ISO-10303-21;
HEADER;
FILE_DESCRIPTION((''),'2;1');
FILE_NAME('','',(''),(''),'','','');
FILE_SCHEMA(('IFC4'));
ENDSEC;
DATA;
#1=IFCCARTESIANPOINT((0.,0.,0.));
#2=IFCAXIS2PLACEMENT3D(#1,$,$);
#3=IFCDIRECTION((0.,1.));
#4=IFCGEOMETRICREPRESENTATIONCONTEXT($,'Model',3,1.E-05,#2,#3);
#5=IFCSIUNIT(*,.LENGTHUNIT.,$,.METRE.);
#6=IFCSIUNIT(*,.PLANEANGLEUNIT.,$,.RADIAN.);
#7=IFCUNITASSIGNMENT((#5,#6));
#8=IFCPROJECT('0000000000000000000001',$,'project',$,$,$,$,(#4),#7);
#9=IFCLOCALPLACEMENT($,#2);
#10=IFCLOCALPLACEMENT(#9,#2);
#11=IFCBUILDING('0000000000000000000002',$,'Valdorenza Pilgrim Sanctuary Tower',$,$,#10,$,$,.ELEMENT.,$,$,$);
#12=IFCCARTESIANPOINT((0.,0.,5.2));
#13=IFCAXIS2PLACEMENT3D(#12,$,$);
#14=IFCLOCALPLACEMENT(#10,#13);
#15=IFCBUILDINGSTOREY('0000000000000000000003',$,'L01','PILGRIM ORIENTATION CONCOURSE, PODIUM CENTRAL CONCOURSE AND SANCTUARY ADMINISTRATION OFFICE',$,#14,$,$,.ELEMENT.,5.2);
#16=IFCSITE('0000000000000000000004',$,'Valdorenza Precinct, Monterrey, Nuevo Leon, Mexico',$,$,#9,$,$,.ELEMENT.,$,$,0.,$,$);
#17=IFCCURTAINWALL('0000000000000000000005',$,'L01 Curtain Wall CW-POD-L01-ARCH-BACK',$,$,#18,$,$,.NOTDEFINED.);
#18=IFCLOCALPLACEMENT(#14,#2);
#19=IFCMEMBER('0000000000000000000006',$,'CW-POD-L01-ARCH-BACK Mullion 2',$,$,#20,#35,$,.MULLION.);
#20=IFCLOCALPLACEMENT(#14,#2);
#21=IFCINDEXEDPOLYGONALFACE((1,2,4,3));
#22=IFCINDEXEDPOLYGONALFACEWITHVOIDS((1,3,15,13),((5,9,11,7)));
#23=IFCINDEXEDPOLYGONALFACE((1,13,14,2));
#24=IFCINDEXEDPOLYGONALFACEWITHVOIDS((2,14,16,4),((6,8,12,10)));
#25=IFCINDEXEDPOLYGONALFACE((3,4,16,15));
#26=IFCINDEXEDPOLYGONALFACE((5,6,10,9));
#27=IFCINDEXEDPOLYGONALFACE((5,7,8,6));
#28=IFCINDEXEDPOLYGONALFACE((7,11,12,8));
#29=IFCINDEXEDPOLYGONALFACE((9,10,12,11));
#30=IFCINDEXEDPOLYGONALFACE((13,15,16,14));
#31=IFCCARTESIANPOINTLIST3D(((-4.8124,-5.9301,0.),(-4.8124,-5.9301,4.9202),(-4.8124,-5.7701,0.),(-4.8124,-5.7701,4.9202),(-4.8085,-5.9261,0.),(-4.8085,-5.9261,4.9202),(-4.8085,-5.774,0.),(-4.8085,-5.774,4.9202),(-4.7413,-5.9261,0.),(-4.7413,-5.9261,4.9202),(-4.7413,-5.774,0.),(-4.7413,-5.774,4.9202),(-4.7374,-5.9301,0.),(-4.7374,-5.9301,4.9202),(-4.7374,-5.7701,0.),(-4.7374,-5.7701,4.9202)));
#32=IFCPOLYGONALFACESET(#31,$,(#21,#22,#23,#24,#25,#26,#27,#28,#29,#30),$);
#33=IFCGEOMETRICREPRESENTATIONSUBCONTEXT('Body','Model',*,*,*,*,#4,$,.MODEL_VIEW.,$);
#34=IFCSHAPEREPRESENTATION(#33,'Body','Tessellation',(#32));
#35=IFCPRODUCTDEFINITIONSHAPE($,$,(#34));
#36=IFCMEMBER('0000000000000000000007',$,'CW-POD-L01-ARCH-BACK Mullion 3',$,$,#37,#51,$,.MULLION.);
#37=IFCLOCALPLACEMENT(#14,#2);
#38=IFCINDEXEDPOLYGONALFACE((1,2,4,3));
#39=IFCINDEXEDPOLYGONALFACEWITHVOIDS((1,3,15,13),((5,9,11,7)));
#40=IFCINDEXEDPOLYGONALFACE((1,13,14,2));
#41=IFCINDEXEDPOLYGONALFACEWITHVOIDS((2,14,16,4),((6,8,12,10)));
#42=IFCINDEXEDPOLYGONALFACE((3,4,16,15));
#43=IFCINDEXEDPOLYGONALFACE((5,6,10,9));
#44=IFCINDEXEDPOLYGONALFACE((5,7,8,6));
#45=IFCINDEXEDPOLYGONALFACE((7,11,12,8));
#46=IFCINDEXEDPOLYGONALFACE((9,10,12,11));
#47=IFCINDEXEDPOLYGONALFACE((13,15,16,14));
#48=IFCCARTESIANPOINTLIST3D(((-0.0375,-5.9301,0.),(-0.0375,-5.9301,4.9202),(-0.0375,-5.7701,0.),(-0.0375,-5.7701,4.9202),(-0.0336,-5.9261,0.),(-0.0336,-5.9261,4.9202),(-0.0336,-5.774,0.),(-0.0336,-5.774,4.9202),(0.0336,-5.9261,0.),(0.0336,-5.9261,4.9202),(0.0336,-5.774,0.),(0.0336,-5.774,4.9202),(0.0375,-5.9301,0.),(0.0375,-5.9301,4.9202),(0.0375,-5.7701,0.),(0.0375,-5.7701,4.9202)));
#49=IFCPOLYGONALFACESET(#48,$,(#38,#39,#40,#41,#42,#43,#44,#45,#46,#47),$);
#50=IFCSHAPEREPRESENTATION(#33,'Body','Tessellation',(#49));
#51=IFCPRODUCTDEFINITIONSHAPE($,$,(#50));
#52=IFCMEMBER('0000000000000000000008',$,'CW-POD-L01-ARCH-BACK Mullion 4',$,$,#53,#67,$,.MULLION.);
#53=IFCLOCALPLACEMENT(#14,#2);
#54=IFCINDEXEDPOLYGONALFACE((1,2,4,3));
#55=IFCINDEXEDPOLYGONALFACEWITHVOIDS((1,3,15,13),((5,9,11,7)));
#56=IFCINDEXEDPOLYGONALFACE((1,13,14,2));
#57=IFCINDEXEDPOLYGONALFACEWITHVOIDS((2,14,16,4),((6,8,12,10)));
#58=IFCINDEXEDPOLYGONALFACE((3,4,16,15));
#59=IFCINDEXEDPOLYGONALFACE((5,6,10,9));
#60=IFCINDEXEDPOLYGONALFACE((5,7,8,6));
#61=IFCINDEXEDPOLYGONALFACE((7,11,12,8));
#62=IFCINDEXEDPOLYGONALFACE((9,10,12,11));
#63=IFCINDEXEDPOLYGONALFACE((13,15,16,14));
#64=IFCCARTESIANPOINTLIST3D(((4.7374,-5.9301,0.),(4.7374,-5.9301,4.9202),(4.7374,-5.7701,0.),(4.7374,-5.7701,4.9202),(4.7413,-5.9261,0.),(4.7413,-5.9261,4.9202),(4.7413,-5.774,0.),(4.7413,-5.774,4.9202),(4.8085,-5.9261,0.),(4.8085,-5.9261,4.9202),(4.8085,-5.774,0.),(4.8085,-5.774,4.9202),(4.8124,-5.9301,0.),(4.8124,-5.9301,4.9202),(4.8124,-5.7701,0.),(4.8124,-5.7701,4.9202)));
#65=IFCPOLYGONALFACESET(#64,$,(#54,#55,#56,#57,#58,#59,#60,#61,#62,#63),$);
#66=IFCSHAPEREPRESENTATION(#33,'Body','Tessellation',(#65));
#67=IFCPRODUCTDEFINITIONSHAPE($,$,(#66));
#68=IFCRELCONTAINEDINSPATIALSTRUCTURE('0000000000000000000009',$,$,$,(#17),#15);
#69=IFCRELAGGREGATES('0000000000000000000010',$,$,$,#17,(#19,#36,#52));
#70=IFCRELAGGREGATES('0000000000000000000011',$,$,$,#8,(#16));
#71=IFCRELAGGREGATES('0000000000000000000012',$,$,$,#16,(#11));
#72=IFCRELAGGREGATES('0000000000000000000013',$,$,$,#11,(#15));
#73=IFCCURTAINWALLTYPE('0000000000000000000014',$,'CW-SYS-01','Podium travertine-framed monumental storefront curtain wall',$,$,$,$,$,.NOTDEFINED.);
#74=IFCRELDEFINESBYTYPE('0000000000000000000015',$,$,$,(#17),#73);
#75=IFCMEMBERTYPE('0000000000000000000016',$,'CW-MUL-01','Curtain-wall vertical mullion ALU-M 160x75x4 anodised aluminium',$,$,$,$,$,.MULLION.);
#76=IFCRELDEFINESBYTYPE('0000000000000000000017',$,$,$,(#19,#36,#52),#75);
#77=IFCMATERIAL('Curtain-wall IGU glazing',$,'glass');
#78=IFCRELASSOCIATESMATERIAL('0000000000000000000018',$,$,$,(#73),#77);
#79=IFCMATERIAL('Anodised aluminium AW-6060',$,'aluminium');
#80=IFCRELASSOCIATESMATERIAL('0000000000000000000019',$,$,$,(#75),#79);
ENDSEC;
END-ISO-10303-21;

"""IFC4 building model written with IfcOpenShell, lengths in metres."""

from ifc_helpers import new_model, si_unit, direction, frame, origin, origin_2d, place, context, subcontext, project, spatial, hollow_rectangle, extrude, source, transform, mapped, material, material_profile, profile_set, type_object, element, aggregate, save


model = new_model("IFC4")

# Units and contexts
model_context = context("Model", 3, precision=1e-05, world=origin(), true_north=direction((0.0, 1.0)))
body_context = subcontext(model_context, "Body", "Model", "MODEL_VIEW")
ifc_project = project(units=[si_unit("LENGTHUNIT", "METRE"), si_unit("PLANEANGLEUNIT", "RADIAN")], contexts=[model_context])

# Site, building, storey
site_placement = place(None, origin())
site = spatial("IfcSite", under=ifc_project, at=site_placement, Name="Valdorenza Precinct, Monterrey, Nuevo Leon, Mexico", CompositionType="ELEMENT", RefElevation=0.0)
building_placement = place(site_placement, origin())
building = spatial("IfcBuilding", under=site, at=building_placement, Name="Valdorenza Pilgrim Sanctuary Tower", CompositionType="ELEMENT")
storey_placement = place(building_placement, frame((0.0, 0.0, 5.2)))
storey = spatial("IfcBuildingStorey", under=building, at=storey_placement, Name="L01", Description="PILGRIM ORIENTATION CONCOURSE, PODIUM CENTRAL CONCOURSE AND SANCTUARY ADMINISTRATION OFFICE", CompositionType="ELEMENT", Elevation=5.2)

# Curtain wall, members
ifc_material_1 = material(Name="Curtain-wall IGU glazing", Category="glass")
curtain_wall_type = type_object("IfcCurtainWallType", Name="CW-SYS-01", Description="Podium travertine-framed monumental storefront curtain wall", PredefinedType="NOTDEFINED", material=ifc_material_1)
curtain_wall_placement = place(storey_placement, origin())
curtain_wall = element("IfcCurtainWall", 1, at=curtain_wall_placement, inside=storey, type_object=curtain_wall_type, Name="L01 Curtain Wall CW-POD-L01-ARCH-BACK", PredefinedType="NOTDEFINED")
ifc_material_2 = material(Name="Anodised aluminium AW-6060", Category="aluminium")
ifc_material_profile = material_profile(ifc_material_2, hollow_rectangle(XDim=0.075, YDim=0.1599, WallThickness=0.0039, at=origin_2d()), Name="ALU-M 160x75x4")
ifc_profile_set = profile_set([ifc_material_profile], Name="Anodised aluminium AW-6060")
member_type = type_object("IfcMemberType", Name="CW-MUL-01", Description="Curtain-wall vertical mullion ALU-M 160x75x4 anodised aluminium", PredefinedType="MULLION", material=ifc_profile_set)
shared_shape_1 = source(origin(), body_context, "Body", "SweptSolid", [
    extrude(hollow_rectangle(XDim=0.075, YDim=0.1599, WallThickness=0.0039, at=origin_2d()), origin(), (0.0, 0.0, 1.0), 4.9202),
])
member_1_placement = place(storey_placement, frame((-4.7749, -5.8501, 0.0), z_axis=(0.0, 0.0, 1.0), x_axis=(1.0, 0.0, 0.0)))
member_1 = element("IfcMember", 2, at=member_1_placement, type_object=member_type, Name="CW-POD-L01-ARCH-BACK Mullion 2", PredefinedType="MULLION", context=body_context, shape_type="MappedRepresentation", body=[
    mapped(shared_shape_1, transform((0.0, 0.0, 0.0), x_axis=(1.0, 0.0, 0.0), y_axis=(0.0, 1.0, 0.0), z_axis=(0.0, 0.0, 1.0), scale=1.0)),
])
member_2_placement = place(storey_placement, frame((0.0, -5.8501, 0.0), z_axis=(0.0, 0.0, 1.0), x_axis=(1.0, 0.0, 0.0)))
member_2 = element("IfcMember", 3, at=member_2_placement, type_object=member_type, Name="CW-POD-L01-ARCH-BACK Mullion 3", PredefinedType="MULLION", context=body_context, shape_type="MappedRepresentation", body=[
    mapped(shared_shape_1, transform((0.0, 0.0, 0.0), x_axis=(1.0, 0.0, 0.0), y_axis=(0.0, 1.0, 0.0), z_axis=(0.0, 0.0, 1.0), scale=1.0)),
])
member_3_placement = place(storey_placement, frame((4.7749, -5.8501, 0.0), z_axis=(0.0, 0.0, 1.0), x_axis=(1.0, 0.0, 0.0)))
member_3 = element("IfcMember", 4, at=member_3_placement, type_object=member_type, Name="CW-POD-L01-ARCH-BACK Mullion 4", PredefinedType="MULLION", context=body_context, shape_type="MappedRepresentation", body=[
    mapped(shared_shape_1, transform((0.0, 0.0, 0.0), x_axis=(1.0, 0.0, 0.0), y_axis=(0.0, 1.0, 0.0), z_axis=(0.0, 0.0, 1.0), scale=1.0)),
])

aggregate(curtain_wall, [member_1, member_2, member_3])

save(model, "model.ifc")
